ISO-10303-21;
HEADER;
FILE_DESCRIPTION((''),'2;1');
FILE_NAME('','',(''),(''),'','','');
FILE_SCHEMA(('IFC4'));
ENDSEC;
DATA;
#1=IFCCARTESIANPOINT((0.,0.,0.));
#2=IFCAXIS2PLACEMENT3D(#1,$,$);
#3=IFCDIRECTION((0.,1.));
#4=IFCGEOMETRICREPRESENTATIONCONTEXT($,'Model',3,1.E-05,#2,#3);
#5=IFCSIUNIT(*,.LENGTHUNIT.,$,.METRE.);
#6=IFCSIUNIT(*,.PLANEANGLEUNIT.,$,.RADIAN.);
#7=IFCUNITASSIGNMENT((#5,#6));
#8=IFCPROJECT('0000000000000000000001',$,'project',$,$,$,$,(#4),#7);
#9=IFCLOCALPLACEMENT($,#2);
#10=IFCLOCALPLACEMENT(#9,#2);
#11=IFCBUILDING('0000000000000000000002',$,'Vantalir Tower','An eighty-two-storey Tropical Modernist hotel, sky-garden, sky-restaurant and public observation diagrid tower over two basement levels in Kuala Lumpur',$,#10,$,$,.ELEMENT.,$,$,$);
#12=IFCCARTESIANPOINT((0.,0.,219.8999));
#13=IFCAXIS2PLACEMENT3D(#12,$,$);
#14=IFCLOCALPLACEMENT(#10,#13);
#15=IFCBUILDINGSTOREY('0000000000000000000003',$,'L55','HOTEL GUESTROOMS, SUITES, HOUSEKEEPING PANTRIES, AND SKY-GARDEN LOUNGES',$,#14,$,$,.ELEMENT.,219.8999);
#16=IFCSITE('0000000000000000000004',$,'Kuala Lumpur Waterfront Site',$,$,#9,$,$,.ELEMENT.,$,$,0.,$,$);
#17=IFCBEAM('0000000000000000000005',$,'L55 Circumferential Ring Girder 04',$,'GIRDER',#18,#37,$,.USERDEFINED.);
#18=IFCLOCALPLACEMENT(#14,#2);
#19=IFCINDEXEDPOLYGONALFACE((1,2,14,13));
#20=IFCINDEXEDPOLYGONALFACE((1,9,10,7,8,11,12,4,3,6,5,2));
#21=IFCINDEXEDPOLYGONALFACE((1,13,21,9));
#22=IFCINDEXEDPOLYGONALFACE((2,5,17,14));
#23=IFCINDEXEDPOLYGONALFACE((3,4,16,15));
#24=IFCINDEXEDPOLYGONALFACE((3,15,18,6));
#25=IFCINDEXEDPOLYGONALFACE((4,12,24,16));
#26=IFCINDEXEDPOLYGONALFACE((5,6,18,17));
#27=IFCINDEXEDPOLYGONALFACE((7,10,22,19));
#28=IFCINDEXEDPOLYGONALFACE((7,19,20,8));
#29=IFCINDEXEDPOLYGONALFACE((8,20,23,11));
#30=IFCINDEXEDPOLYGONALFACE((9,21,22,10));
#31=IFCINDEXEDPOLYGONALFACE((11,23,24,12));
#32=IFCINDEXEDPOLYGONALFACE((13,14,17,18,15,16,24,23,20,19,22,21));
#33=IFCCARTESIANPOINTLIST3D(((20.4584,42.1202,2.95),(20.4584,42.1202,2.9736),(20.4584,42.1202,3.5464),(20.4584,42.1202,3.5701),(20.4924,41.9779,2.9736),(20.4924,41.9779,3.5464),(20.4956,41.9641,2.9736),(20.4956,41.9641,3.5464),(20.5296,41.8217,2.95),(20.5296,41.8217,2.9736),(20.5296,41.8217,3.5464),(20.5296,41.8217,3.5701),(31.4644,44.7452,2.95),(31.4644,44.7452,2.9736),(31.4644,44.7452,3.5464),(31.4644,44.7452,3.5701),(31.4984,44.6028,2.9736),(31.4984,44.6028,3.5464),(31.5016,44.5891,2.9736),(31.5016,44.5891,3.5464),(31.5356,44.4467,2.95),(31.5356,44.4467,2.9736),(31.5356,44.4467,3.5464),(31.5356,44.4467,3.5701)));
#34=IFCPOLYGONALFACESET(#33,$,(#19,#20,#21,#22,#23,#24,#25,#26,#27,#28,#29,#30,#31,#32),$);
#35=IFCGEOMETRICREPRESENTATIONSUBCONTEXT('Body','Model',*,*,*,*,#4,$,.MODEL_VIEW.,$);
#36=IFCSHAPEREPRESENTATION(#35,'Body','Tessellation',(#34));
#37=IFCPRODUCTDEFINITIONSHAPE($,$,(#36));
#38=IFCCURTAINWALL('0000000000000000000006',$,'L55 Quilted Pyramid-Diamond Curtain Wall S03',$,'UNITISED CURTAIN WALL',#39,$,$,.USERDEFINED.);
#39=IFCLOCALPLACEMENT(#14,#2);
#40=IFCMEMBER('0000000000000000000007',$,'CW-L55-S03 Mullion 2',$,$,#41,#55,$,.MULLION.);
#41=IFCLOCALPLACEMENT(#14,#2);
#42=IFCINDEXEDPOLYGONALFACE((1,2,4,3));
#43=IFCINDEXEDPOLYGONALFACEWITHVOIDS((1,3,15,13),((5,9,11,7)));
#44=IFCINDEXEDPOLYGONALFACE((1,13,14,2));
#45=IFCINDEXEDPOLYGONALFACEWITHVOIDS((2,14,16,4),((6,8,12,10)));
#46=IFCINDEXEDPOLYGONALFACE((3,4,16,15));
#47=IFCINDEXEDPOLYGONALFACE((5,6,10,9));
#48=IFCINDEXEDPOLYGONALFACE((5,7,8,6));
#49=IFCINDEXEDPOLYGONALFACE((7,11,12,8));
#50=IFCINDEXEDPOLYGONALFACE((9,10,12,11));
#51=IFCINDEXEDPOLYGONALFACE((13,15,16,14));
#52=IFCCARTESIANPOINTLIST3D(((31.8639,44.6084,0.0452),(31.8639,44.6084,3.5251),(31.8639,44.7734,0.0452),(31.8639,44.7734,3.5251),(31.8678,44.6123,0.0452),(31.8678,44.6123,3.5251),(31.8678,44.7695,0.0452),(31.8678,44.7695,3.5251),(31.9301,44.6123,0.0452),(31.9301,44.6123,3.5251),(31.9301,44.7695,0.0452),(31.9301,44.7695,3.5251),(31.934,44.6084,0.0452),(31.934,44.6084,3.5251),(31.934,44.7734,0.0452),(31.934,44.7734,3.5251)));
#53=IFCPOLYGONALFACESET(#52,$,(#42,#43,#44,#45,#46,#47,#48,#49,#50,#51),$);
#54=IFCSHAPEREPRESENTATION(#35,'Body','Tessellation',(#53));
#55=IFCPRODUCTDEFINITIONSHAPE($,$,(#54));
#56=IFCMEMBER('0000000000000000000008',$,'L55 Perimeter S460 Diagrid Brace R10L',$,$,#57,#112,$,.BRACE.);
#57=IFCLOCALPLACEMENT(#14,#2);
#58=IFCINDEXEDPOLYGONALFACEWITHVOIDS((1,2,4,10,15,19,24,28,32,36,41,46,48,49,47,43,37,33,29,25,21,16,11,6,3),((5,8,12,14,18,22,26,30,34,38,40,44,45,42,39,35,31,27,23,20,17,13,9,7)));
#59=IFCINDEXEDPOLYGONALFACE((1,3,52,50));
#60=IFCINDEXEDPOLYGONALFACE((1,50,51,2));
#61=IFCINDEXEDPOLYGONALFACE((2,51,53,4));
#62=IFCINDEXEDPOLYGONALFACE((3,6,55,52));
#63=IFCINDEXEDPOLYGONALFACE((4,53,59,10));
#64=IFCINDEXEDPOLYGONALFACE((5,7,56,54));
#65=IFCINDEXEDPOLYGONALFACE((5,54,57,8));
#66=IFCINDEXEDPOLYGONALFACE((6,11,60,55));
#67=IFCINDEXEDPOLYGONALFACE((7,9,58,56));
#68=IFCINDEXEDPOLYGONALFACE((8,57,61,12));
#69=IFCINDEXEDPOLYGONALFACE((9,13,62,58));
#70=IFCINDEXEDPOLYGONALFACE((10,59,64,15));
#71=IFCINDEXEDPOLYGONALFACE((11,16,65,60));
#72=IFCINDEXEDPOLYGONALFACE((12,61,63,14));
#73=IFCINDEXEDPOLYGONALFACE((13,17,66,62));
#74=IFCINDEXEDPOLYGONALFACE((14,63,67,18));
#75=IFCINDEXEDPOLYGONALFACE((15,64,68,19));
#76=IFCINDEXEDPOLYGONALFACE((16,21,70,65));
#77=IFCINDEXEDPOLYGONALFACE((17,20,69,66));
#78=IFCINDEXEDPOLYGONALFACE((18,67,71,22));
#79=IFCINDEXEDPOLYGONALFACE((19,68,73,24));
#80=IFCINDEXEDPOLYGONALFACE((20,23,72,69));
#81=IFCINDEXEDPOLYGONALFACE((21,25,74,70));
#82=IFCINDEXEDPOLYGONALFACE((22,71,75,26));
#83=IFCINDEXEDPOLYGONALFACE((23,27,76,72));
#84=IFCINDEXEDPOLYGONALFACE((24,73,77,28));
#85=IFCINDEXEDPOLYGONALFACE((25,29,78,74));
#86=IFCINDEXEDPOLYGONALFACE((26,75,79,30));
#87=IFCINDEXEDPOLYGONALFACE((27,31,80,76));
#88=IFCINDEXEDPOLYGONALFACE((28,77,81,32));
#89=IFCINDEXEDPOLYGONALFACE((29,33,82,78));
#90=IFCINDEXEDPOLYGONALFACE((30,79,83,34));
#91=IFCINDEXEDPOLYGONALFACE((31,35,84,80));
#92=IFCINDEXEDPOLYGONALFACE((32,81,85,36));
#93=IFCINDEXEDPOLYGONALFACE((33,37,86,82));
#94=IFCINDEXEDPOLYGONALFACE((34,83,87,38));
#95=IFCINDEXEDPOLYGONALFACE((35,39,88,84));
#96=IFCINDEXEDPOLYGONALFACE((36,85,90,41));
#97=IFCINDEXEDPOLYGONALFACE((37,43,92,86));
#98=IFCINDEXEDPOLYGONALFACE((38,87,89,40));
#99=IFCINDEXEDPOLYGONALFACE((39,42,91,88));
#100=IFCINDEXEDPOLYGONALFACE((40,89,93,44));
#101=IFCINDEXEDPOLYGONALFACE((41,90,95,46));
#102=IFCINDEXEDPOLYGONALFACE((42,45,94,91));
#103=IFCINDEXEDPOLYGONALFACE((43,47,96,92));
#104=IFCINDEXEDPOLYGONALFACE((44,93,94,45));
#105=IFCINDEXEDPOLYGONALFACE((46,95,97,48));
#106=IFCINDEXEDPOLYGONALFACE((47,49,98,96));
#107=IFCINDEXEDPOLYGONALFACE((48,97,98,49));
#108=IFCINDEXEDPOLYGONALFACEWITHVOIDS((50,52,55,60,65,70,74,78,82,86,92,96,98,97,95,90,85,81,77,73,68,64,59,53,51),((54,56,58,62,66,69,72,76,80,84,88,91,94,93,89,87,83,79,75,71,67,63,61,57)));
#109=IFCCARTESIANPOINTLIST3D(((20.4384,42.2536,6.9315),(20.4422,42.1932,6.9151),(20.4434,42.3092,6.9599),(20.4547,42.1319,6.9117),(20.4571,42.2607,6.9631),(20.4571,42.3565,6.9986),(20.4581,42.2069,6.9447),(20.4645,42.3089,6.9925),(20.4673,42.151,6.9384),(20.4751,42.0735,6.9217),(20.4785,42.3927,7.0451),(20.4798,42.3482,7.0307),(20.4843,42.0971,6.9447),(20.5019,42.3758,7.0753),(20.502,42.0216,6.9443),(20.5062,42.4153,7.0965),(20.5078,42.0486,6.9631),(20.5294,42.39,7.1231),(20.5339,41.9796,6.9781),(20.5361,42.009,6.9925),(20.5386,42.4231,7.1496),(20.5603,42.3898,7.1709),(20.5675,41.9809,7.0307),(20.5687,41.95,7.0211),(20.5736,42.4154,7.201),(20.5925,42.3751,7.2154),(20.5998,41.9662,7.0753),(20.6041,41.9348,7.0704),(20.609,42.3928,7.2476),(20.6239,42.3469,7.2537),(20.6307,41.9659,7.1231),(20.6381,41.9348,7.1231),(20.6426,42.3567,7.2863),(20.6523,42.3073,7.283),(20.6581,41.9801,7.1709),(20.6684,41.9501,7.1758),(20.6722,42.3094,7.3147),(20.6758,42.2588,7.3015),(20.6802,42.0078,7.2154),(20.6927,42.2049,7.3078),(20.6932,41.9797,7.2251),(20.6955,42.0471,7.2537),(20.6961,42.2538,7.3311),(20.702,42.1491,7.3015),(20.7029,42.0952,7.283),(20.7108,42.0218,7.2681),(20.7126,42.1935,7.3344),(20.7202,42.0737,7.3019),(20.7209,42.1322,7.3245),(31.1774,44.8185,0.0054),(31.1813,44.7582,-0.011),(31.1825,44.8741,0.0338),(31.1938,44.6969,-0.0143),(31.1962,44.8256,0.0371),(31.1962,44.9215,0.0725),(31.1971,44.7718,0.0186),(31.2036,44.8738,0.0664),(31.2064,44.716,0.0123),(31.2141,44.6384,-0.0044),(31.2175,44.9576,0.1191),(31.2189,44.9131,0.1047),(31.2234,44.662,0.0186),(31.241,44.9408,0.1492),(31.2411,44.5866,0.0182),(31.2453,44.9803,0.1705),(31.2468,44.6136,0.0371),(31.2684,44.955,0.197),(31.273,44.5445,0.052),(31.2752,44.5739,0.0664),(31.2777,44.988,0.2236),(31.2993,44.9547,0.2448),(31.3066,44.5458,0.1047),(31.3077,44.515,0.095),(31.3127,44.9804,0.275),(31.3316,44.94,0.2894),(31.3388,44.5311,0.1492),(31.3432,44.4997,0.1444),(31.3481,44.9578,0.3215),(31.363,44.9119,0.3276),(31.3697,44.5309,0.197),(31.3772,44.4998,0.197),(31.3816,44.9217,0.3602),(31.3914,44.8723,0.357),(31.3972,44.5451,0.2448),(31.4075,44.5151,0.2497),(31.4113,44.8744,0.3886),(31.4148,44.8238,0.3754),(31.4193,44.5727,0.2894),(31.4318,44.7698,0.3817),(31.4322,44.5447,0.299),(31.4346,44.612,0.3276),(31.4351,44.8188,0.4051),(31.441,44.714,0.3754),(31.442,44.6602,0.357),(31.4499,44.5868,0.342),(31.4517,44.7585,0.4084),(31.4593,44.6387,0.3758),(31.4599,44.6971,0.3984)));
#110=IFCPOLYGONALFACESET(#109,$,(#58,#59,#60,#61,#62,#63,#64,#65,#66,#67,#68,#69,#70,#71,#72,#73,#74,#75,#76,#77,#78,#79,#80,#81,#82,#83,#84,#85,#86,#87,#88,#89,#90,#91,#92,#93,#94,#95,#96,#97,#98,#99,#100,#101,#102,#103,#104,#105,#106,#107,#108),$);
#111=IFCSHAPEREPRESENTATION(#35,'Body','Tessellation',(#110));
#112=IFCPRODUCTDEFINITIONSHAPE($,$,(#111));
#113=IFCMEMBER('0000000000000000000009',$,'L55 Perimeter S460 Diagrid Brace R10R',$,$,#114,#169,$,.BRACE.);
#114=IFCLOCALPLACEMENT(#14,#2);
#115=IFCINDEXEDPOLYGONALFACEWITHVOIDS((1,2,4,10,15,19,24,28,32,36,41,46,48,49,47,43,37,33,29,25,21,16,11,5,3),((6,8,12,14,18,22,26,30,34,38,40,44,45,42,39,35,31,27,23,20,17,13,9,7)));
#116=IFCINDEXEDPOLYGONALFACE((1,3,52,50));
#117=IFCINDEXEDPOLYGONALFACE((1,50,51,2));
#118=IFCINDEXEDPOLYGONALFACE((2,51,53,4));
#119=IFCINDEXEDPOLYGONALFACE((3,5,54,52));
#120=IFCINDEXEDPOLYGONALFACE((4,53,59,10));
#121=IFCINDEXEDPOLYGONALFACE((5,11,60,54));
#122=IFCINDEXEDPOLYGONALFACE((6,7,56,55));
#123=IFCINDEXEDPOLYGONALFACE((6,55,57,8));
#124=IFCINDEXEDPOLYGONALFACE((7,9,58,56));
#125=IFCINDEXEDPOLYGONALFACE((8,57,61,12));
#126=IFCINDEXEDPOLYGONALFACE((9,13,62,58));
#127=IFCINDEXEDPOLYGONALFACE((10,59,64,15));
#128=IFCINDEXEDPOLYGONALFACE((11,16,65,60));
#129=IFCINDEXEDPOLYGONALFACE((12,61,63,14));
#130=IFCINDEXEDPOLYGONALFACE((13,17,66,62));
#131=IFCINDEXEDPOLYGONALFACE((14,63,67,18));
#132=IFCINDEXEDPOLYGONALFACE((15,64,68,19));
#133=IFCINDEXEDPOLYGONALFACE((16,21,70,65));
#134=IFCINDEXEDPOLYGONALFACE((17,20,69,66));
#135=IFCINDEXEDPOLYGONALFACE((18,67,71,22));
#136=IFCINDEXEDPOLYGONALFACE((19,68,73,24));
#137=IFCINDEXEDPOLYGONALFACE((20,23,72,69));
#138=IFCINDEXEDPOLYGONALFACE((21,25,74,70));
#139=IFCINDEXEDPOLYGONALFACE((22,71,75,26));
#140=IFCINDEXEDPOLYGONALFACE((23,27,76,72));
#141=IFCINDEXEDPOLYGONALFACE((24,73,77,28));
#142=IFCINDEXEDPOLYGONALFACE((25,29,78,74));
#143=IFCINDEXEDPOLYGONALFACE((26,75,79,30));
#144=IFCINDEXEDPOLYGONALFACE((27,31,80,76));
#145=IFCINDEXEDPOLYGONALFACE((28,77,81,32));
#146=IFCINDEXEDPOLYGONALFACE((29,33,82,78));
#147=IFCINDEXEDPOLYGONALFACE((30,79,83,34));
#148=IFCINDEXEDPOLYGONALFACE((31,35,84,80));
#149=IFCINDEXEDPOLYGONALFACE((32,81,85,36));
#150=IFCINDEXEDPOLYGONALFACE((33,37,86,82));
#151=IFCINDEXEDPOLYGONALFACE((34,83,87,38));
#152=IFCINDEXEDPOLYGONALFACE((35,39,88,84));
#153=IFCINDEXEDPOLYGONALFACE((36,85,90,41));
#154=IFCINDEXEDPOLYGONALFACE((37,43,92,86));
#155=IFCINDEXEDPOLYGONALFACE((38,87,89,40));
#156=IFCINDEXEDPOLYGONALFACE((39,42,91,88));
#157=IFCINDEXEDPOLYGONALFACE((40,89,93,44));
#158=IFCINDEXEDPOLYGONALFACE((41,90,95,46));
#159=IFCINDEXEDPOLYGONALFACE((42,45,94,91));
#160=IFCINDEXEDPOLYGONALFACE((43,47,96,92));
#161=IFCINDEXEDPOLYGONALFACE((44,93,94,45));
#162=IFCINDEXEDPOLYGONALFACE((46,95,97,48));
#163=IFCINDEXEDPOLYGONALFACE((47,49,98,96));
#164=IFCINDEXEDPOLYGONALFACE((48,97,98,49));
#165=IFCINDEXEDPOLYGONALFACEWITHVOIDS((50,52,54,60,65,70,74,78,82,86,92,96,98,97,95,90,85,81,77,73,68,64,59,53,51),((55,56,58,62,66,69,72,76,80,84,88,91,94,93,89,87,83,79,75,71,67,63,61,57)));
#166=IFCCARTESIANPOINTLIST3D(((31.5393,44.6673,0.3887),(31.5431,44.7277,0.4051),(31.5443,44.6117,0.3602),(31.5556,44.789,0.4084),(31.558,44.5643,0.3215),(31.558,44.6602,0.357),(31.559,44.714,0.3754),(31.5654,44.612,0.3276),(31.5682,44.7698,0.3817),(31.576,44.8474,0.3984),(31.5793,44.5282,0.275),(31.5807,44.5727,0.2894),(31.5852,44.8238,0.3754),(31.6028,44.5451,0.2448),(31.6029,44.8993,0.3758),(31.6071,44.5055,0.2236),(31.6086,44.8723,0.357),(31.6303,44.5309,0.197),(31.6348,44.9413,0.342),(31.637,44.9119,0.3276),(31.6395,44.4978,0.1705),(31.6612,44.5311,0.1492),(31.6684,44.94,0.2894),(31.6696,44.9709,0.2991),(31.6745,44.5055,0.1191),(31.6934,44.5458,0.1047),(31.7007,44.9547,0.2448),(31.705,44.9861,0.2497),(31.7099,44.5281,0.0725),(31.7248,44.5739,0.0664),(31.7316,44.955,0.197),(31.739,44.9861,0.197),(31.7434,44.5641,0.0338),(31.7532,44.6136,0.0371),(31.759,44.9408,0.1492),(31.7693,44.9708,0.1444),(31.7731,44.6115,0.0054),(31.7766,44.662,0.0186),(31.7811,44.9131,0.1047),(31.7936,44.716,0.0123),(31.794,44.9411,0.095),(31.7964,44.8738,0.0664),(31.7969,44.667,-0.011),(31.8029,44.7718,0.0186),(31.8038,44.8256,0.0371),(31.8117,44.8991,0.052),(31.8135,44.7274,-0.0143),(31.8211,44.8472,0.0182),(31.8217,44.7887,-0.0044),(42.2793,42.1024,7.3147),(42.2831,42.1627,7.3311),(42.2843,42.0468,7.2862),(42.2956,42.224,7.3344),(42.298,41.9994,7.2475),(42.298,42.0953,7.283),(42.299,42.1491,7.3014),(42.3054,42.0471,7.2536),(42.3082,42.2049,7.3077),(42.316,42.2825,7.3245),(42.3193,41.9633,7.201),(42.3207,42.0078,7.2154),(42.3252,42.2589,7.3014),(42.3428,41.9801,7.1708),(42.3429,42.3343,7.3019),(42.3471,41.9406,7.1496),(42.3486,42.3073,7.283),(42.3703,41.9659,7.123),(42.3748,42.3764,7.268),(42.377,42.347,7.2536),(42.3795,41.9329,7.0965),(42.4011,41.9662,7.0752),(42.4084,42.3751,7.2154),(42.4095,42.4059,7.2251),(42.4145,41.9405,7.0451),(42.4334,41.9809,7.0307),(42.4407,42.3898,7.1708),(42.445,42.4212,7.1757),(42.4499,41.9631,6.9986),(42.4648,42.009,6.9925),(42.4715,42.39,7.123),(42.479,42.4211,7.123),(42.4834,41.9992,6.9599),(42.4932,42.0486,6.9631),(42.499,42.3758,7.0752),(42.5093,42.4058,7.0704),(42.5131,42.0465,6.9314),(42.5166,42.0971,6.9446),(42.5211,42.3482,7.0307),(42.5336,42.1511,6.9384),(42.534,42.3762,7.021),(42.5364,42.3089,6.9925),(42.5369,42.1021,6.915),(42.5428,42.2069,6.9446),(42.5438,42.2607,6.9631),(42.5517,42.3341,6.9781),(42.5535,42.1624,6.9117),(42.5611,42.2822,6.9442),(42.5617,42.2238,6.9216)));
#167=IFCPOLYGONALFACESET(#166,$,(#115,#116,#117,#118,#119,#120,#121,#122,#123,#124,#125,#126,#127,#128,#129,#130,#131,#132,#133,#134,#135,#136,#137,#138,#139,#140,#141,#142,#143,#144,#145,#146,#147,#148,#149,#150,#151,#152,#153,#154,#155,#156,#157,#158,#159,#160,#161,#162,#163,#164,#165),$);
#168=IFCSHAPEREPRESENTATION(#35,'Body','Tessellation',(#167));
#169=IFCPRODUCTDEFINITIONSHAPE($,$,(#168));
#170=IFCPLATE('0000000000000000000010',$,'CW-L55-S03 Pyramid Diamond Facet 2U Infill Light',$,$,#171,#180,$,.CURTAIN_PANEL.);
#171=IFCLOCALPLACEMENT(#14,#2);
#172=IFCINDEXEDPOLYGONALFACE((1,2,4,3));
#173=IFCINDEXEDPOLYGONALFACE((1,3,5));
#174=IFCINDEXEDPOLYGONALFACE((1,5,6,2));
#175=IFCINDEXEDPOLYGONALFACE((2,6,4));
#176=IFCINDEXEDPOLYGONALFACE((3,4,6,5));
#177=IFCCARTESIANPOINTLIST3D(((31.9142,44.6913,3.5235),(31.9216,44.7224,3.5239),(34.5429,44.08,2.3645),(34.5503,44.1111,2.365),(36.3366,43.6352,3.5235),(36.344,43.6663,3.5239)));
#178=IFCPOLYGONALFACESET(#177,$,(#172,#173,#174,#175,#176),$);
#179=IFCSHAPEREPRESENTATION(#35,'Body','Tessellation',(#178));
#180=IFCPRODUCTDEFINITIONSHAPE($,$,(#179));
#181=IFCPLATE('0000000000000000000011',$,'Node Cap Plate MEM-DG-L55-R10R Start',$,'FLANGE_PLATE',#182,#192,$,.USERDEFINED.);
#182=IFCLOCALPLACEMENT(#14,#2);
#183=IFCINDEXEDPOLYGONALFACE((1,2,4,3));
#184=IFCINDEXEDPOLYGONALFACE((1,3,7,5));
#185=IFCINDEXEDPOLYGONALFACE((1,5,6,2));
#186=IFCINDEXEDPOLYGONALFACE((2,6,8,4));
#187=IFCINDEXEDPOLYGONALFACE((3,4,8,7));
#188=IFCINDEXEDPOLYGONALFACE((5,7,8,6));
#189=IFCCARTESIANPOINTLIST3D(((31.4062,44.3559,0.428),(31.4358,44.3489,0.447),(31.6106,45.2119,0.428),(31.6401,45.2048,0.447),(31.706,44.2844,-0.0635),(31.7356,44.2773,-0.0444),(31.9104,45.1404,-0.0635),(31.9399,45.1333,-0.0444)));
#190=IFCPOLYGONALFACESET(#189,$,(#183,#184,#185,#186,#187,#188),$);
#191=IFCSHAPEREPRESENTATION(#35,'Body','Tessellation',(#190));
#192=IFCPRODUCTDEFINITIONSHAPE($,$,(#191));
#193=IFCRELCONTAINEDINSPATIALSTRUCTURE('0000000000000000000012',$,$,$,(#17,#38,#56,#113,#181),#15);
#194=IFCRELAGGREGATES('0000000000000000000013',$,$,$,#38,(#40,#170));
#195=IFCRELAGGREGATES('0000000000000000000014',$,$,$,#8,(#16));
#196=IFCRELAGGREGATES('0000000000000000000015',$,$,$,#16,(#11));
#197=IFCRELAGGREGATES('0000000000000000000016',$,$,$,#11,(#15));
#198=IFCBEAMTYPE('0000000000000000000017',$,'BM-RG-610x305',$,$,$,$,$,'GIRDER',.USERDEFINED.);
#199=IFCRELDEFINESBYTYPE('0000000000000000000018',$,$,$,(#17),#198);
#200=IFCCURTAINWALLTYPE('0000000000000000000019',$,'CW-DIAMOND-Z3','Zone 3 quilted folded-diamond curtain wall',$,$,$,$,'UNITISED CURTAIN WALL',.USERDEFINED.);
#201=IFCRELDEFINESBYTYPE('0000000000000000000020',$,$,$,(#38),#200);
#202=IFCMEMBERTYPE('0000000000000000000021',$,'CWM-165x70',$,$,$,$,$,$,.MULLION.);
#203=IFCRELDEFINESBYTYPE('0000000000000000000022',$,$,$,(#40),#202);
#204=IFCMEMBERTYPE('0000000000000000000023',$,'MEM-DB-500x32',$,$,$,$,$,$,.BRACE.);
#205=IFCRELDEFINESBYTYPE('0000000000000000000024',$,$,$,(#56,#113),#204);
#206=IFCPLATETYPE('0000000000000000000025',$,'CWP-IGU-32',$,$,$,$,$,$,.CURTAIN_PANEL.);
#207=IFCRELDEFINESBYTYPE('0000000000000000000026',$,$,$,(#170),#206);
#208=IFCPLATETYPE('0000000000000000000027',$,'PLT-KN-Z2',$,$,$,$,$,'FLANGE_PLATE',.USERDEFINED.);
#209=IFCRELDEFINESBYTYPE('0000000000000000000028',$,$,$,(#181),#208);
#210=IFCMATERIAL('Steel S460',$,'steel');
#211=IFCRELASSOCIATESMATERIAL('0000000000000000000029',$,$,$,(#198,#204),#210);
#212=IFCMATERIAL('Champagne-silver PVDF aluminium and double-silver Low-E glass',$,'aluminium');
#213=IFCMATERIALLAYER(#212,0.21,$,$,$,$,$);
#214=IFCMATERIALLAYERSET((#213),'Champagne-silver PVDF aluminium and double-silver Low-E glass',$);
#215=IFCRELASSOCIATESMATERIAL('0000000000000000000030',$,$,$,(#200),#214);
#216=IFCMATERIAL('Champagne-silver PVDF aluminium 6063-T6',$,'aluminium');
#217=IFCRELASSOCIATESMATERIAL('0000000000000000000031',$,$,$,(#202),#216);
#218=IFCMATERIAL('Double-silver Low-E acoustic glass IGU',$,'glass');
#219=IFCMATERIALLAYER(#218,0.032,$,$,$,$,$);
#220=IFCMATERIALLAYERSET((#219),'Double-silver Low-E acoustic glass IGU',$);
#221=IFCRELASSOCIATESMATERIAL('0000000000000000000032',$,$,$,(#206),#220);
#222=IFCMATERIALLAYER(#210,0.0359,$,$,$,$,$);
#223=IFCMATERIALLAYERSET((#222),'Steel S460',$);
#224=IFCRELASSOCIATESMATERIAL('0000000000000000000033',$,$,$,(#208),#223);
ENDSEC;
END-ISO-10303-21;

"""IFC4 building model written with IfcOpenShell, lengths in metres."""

from ifc_helpers import new_model, si_unit, direction, frame, origin, origin_2d, place, context, subcontext, project, spatial, polyline, hollow_rectangle, hollow_circle, i_section, outline, extrude, material, layer, layer_set, material_profile, profile_set, type_object, element, aggregate, save


model = new_model("IFC4")

# Units and contexts
model_context = context("Model", 3, precision=1e-05, world=origin(), true_north=direction((0.0, 1.0)))
body_context = subcontext(model_context, "Body", "Model", "MODEL_VIEW")
ifc_project = project(units=[si_unit("LENGTHUNIT", "METRE"), si_unit("PLANEANGLEUNIT", "RADIAN")], contexts=[model_context])

# Site, building, storey
site_placement = place(None, origin())
site = spatial("IfcSite", under=ifc_project, at=site_placement, Name="Kuala Lumpur Waterfront Site", CompositionType="ELEMENT", RefElevation=0.0)
building_placement = place(site_placement, origin())
building = spatial("IfcBuilding", under=site, at=building_placement, Name="Vantalir Tower", Description="An eighty-two-storey Tropical Modernist hotel, sky-garden, sky-restaurant and public observation diagrid tower over two basement levels in Kuala Lumpur", CompositionType="ELEMENT")
storey_placement = place(building_placement, frame((0.0, 0.0, 219.8999)))
storey = spatial("IfcBuildingStorey", under=building, at=storey_placement, Name="L55", Description="HOTEL GUESTROOMS, SUITES, HOUSEKEEPING PANTRIES, AND SKY-GARDEN LOUNGES", CompositionType="ELEMENT", Elevation=219.8999)

# Shared definitions
ifc_material_1 = material(Name="Steel S460", Category="steel")

# Beam
ifc_material_profile_1 = material_profile(ifc_material_1, i_section(OverallWidth=0.3069, OverallDepth=0.6201, WebThickness=0.0142, FlangeThickness=0.0237, at=origin_2d()), Name="Steel S460")
ifc_profile_set_1 = profile_set([ifc_material_profile_1], Name="Steel S460")
beam_type_1 = type_object("IfcBeamType", Name="BM-RG-610x305", ElementType="GIRDER", PredefinedType="USERDEFINED", material=ifc_profile_set_1)
beam_1_placement = place(storey_placement, frame((31.5, 44.5959, 3.26), z_axis=(-0.972717, -0.231997, 0.0), x_axis=(0.231997, -0.972717, 0.0)))
element("IfcBeam", 1, at=beam_1_placement, inside=storey, type_object=beam_type_1, Name="L55 Circumferential Ring Girder 04", ObjectType="GIRDER", PredefinedType="USERDEFINED", context=body_context, shape_type="SweptSolid", body=[
    extrude(i_section(OverallWidth=0.3069, OverallDepth=0.6201, WebThickness=0.0142, FlangeThickness=0.0237, at=origin_2d()), origin(), (0.0, 0.0, 1.0), 11.3147),
])

# Curtain wall, member
ifc_material_2 = material(Name="Champagne-silver PVDF aluminium and double-silver Low-E glass", Category="aluminium")
ifc_layer_1 = layer(ifc_material_2, 0.21)
ifc_layer_set_1 = layer_set([ifc_layer_1], Name="Champagne-silver PVDF aluminium and double-silver Low-E glass")
curtain_wall_type = type_object("IfcCurtainWallType", Name="CW-DIAMOND-Z3", Description="Zone 3 quilted folded-diamond curtain wall", ElementType="UNITISED CURTAIN WALL", PredefinedType="USERDEFINED", material=ifc_layer_set_1)
curtain_wall_placement = place(storey_placement, origin())
curtain_wall = element("IfcCurtainWall", 2, at=curtain_wall_placement, inside=storey, type_object=curtain_wall_type, Name="L55 Quilted Pyramid-Diamond Curtain Wall S03", ObjectType="UNITISED CURTAIN WALL", PredefinedType="USERDEFINED")
ifc_material_3 = material(Name="Champagne-silver PVDF aluminium 6063-T6", Category="aluminium")
ifc_material_profile_2 = material_profile(ifc_material_3, hollow_rectangle(XDim=0.0701, YDim=0.165, WallThickness=0.0039, at=origin_2d()), Name="Champagne-silver PVDF aluminium 6063-T6")
ifc_profile_set_2 = profile_set([ifc_material_profile_2], Name="Champagne-silver PVDF aluminium 6063-T6")
member_type_1 = type_object("IfcMemberType", Name="CWM-165x70", PredefinedType="MULLION", material=ifc_profile_set_2)
member_1_placement = place(storey_placement, frame((31.8989, 44.6909, 0.0452), z_axis=(0.0, 0.0, 1.0), x_axis=(1.0, 0.0, 0.0)))
member_1 = element("IfcMember", 3, at=member_1_placement, type_object=member_type_1, Name="CW-L55-S03 Mullion 2", PredefinedType="MULLION", context=body_context, shape_type="SweptSolid", body=[
    extrude(hollow_rectangle(XDim=0.0701, YDim=0.165, WallThickness=0.0039, at=origin_2d()), origin(), (0.0, 0.0, 1.0), 3.48),
])

# Members
ifc_material_profile_3 = material_profile(ifc_material_1, hollow_circle(Radius=0.25, WallThickness=0.032, at=origin_2d()), Name="Steel S460")
ifc_profile_set_3 = profile_set([ifc_material_profile_3], Name="Steel S460")
member_type_2 = type_object("IfcMemberType", Name="MEM-DB-500x32", PredefinedType="BRACE", material=ifc_profile_set_3)
member_2_placement = place(storey_placement, frame((31.3191, 44.7429, 0.197), z_axis=(-0.823947, -0.196794, 0.531397), x_axis=(0.232309, -0.972642, 0.0)))
element("IfcMember", 4, at=member_2_placement, inside=storey, type_object=member_type_2, Name="L55 Perimeter S460 Diagrid Brace R10L", PredefinedType="BRACE", context=body_context, shape_type="SweptSolid", body=[
    extrude(hollow_circle(Radius=0.25, WallThickness=0.032, at=origin_2d()), origin(), (0.0, 0.0, 1.0), 13.0337),
])
member_3_placement = place(storey_placement, frame((31.6809, 44.7429, 0.197), z_axis=(0.823971, -0.196782, 0.531364), x_axis=(0.232289, 0.972647, 0.0)))
element("IfcMember", 5, at=member_3_placement, inside=storey, type_object=member_type_2, Name="L55 Perimeter S460 Diagrid Brace R10R", PredefinedType="BRACE", context=body_context, shape_type="SweptSolid", body=[
    extrude(hollow_circle(Radius=0.25, WallThickness=0.032, at=origin_2d()), origin(), (0.0, 0.0, 1.0), 13.0344),
])

# Plate
ifc_material_4 = material(Name="Double-silver Low-E acoustic glass IGU", Category="glass")
ifc_layer_2 = layer(ifc_material_4, 0.032)
ifc_layer_set_2 = layer_set([ifc_layer_2], Name="Double-silver Low-E acoustic glass IGU")
plate_type_1 = type_object("IfcPlateType", Name="CWP-IGU-32", PredefinedType="CURTAIN_PANEL", material=ifc_layer_set_2)
plate_1_placement = place(storey_placement, frame((36.344, 43.6663, 3.5239), z_axis=(0.232266, 0.972554, 0.013805), x_axis=(-0.972647, 0.232288, 0.0)))
plate_1 = element("IfcPlate", 6, at=plate_1_placement, type_object=plate_type_1, Name="CW-L55-S03 Pyramid Diamond Facet 2U Infill Light", PredefinedType="CURTAIN_PANEL", context=body_context, shape_type="SweptSolid", body=[
    extrude(outline(polyline([(0.0, 0.0), (4.5467, 0.0), (1.848, -1.159), (0.0, 0.0)])), origin(), (0.0, 0.0, -1.0), 0.032),
])
aggregate(curtain_wall, [member_1, plate_1])

# Plate
ifc_layer_3 = layer(ifc_material_1, 0.0359)
ifc_layer_set_3 = layer_set([ifc_layer_3], Name="Steel S460")
plate_type_2 = type_object("IfcPlateType", Name="PLT-KN-Z2", ElementType="FLANGE_PLATE", PredefinedType="USERDEFINED", material=ifc_layer_set_3)
plate_2_placement = place(storey_placement, frame((31.7356, 44.2773, -0.0444), z_axis=(0.824019, -0.196721, 0.531314), x_axis=(0.232208, 0.972666, 0.0)))
element("IfcPlate", 7, at=plate_2_placement, inside=storey, type_object=plate_type_2, Name="Node Cap Plate MEM-DG-L55-R10R Start", ObjectType="FLANGE_PLATE", PredefinedType="USERDEFINED", context=body_context, shape_type="SweptSolid", body=[
    extrude(outline(polyline([(0.0, 0.0), (0.88, 0.0), (0.88, 0.5801), (0.0, 0.5801), (0.0, 0.0)])), origin(), (0.0, 0.0, -1.0), 0.0359),
])

save(model, "model.ifc")
